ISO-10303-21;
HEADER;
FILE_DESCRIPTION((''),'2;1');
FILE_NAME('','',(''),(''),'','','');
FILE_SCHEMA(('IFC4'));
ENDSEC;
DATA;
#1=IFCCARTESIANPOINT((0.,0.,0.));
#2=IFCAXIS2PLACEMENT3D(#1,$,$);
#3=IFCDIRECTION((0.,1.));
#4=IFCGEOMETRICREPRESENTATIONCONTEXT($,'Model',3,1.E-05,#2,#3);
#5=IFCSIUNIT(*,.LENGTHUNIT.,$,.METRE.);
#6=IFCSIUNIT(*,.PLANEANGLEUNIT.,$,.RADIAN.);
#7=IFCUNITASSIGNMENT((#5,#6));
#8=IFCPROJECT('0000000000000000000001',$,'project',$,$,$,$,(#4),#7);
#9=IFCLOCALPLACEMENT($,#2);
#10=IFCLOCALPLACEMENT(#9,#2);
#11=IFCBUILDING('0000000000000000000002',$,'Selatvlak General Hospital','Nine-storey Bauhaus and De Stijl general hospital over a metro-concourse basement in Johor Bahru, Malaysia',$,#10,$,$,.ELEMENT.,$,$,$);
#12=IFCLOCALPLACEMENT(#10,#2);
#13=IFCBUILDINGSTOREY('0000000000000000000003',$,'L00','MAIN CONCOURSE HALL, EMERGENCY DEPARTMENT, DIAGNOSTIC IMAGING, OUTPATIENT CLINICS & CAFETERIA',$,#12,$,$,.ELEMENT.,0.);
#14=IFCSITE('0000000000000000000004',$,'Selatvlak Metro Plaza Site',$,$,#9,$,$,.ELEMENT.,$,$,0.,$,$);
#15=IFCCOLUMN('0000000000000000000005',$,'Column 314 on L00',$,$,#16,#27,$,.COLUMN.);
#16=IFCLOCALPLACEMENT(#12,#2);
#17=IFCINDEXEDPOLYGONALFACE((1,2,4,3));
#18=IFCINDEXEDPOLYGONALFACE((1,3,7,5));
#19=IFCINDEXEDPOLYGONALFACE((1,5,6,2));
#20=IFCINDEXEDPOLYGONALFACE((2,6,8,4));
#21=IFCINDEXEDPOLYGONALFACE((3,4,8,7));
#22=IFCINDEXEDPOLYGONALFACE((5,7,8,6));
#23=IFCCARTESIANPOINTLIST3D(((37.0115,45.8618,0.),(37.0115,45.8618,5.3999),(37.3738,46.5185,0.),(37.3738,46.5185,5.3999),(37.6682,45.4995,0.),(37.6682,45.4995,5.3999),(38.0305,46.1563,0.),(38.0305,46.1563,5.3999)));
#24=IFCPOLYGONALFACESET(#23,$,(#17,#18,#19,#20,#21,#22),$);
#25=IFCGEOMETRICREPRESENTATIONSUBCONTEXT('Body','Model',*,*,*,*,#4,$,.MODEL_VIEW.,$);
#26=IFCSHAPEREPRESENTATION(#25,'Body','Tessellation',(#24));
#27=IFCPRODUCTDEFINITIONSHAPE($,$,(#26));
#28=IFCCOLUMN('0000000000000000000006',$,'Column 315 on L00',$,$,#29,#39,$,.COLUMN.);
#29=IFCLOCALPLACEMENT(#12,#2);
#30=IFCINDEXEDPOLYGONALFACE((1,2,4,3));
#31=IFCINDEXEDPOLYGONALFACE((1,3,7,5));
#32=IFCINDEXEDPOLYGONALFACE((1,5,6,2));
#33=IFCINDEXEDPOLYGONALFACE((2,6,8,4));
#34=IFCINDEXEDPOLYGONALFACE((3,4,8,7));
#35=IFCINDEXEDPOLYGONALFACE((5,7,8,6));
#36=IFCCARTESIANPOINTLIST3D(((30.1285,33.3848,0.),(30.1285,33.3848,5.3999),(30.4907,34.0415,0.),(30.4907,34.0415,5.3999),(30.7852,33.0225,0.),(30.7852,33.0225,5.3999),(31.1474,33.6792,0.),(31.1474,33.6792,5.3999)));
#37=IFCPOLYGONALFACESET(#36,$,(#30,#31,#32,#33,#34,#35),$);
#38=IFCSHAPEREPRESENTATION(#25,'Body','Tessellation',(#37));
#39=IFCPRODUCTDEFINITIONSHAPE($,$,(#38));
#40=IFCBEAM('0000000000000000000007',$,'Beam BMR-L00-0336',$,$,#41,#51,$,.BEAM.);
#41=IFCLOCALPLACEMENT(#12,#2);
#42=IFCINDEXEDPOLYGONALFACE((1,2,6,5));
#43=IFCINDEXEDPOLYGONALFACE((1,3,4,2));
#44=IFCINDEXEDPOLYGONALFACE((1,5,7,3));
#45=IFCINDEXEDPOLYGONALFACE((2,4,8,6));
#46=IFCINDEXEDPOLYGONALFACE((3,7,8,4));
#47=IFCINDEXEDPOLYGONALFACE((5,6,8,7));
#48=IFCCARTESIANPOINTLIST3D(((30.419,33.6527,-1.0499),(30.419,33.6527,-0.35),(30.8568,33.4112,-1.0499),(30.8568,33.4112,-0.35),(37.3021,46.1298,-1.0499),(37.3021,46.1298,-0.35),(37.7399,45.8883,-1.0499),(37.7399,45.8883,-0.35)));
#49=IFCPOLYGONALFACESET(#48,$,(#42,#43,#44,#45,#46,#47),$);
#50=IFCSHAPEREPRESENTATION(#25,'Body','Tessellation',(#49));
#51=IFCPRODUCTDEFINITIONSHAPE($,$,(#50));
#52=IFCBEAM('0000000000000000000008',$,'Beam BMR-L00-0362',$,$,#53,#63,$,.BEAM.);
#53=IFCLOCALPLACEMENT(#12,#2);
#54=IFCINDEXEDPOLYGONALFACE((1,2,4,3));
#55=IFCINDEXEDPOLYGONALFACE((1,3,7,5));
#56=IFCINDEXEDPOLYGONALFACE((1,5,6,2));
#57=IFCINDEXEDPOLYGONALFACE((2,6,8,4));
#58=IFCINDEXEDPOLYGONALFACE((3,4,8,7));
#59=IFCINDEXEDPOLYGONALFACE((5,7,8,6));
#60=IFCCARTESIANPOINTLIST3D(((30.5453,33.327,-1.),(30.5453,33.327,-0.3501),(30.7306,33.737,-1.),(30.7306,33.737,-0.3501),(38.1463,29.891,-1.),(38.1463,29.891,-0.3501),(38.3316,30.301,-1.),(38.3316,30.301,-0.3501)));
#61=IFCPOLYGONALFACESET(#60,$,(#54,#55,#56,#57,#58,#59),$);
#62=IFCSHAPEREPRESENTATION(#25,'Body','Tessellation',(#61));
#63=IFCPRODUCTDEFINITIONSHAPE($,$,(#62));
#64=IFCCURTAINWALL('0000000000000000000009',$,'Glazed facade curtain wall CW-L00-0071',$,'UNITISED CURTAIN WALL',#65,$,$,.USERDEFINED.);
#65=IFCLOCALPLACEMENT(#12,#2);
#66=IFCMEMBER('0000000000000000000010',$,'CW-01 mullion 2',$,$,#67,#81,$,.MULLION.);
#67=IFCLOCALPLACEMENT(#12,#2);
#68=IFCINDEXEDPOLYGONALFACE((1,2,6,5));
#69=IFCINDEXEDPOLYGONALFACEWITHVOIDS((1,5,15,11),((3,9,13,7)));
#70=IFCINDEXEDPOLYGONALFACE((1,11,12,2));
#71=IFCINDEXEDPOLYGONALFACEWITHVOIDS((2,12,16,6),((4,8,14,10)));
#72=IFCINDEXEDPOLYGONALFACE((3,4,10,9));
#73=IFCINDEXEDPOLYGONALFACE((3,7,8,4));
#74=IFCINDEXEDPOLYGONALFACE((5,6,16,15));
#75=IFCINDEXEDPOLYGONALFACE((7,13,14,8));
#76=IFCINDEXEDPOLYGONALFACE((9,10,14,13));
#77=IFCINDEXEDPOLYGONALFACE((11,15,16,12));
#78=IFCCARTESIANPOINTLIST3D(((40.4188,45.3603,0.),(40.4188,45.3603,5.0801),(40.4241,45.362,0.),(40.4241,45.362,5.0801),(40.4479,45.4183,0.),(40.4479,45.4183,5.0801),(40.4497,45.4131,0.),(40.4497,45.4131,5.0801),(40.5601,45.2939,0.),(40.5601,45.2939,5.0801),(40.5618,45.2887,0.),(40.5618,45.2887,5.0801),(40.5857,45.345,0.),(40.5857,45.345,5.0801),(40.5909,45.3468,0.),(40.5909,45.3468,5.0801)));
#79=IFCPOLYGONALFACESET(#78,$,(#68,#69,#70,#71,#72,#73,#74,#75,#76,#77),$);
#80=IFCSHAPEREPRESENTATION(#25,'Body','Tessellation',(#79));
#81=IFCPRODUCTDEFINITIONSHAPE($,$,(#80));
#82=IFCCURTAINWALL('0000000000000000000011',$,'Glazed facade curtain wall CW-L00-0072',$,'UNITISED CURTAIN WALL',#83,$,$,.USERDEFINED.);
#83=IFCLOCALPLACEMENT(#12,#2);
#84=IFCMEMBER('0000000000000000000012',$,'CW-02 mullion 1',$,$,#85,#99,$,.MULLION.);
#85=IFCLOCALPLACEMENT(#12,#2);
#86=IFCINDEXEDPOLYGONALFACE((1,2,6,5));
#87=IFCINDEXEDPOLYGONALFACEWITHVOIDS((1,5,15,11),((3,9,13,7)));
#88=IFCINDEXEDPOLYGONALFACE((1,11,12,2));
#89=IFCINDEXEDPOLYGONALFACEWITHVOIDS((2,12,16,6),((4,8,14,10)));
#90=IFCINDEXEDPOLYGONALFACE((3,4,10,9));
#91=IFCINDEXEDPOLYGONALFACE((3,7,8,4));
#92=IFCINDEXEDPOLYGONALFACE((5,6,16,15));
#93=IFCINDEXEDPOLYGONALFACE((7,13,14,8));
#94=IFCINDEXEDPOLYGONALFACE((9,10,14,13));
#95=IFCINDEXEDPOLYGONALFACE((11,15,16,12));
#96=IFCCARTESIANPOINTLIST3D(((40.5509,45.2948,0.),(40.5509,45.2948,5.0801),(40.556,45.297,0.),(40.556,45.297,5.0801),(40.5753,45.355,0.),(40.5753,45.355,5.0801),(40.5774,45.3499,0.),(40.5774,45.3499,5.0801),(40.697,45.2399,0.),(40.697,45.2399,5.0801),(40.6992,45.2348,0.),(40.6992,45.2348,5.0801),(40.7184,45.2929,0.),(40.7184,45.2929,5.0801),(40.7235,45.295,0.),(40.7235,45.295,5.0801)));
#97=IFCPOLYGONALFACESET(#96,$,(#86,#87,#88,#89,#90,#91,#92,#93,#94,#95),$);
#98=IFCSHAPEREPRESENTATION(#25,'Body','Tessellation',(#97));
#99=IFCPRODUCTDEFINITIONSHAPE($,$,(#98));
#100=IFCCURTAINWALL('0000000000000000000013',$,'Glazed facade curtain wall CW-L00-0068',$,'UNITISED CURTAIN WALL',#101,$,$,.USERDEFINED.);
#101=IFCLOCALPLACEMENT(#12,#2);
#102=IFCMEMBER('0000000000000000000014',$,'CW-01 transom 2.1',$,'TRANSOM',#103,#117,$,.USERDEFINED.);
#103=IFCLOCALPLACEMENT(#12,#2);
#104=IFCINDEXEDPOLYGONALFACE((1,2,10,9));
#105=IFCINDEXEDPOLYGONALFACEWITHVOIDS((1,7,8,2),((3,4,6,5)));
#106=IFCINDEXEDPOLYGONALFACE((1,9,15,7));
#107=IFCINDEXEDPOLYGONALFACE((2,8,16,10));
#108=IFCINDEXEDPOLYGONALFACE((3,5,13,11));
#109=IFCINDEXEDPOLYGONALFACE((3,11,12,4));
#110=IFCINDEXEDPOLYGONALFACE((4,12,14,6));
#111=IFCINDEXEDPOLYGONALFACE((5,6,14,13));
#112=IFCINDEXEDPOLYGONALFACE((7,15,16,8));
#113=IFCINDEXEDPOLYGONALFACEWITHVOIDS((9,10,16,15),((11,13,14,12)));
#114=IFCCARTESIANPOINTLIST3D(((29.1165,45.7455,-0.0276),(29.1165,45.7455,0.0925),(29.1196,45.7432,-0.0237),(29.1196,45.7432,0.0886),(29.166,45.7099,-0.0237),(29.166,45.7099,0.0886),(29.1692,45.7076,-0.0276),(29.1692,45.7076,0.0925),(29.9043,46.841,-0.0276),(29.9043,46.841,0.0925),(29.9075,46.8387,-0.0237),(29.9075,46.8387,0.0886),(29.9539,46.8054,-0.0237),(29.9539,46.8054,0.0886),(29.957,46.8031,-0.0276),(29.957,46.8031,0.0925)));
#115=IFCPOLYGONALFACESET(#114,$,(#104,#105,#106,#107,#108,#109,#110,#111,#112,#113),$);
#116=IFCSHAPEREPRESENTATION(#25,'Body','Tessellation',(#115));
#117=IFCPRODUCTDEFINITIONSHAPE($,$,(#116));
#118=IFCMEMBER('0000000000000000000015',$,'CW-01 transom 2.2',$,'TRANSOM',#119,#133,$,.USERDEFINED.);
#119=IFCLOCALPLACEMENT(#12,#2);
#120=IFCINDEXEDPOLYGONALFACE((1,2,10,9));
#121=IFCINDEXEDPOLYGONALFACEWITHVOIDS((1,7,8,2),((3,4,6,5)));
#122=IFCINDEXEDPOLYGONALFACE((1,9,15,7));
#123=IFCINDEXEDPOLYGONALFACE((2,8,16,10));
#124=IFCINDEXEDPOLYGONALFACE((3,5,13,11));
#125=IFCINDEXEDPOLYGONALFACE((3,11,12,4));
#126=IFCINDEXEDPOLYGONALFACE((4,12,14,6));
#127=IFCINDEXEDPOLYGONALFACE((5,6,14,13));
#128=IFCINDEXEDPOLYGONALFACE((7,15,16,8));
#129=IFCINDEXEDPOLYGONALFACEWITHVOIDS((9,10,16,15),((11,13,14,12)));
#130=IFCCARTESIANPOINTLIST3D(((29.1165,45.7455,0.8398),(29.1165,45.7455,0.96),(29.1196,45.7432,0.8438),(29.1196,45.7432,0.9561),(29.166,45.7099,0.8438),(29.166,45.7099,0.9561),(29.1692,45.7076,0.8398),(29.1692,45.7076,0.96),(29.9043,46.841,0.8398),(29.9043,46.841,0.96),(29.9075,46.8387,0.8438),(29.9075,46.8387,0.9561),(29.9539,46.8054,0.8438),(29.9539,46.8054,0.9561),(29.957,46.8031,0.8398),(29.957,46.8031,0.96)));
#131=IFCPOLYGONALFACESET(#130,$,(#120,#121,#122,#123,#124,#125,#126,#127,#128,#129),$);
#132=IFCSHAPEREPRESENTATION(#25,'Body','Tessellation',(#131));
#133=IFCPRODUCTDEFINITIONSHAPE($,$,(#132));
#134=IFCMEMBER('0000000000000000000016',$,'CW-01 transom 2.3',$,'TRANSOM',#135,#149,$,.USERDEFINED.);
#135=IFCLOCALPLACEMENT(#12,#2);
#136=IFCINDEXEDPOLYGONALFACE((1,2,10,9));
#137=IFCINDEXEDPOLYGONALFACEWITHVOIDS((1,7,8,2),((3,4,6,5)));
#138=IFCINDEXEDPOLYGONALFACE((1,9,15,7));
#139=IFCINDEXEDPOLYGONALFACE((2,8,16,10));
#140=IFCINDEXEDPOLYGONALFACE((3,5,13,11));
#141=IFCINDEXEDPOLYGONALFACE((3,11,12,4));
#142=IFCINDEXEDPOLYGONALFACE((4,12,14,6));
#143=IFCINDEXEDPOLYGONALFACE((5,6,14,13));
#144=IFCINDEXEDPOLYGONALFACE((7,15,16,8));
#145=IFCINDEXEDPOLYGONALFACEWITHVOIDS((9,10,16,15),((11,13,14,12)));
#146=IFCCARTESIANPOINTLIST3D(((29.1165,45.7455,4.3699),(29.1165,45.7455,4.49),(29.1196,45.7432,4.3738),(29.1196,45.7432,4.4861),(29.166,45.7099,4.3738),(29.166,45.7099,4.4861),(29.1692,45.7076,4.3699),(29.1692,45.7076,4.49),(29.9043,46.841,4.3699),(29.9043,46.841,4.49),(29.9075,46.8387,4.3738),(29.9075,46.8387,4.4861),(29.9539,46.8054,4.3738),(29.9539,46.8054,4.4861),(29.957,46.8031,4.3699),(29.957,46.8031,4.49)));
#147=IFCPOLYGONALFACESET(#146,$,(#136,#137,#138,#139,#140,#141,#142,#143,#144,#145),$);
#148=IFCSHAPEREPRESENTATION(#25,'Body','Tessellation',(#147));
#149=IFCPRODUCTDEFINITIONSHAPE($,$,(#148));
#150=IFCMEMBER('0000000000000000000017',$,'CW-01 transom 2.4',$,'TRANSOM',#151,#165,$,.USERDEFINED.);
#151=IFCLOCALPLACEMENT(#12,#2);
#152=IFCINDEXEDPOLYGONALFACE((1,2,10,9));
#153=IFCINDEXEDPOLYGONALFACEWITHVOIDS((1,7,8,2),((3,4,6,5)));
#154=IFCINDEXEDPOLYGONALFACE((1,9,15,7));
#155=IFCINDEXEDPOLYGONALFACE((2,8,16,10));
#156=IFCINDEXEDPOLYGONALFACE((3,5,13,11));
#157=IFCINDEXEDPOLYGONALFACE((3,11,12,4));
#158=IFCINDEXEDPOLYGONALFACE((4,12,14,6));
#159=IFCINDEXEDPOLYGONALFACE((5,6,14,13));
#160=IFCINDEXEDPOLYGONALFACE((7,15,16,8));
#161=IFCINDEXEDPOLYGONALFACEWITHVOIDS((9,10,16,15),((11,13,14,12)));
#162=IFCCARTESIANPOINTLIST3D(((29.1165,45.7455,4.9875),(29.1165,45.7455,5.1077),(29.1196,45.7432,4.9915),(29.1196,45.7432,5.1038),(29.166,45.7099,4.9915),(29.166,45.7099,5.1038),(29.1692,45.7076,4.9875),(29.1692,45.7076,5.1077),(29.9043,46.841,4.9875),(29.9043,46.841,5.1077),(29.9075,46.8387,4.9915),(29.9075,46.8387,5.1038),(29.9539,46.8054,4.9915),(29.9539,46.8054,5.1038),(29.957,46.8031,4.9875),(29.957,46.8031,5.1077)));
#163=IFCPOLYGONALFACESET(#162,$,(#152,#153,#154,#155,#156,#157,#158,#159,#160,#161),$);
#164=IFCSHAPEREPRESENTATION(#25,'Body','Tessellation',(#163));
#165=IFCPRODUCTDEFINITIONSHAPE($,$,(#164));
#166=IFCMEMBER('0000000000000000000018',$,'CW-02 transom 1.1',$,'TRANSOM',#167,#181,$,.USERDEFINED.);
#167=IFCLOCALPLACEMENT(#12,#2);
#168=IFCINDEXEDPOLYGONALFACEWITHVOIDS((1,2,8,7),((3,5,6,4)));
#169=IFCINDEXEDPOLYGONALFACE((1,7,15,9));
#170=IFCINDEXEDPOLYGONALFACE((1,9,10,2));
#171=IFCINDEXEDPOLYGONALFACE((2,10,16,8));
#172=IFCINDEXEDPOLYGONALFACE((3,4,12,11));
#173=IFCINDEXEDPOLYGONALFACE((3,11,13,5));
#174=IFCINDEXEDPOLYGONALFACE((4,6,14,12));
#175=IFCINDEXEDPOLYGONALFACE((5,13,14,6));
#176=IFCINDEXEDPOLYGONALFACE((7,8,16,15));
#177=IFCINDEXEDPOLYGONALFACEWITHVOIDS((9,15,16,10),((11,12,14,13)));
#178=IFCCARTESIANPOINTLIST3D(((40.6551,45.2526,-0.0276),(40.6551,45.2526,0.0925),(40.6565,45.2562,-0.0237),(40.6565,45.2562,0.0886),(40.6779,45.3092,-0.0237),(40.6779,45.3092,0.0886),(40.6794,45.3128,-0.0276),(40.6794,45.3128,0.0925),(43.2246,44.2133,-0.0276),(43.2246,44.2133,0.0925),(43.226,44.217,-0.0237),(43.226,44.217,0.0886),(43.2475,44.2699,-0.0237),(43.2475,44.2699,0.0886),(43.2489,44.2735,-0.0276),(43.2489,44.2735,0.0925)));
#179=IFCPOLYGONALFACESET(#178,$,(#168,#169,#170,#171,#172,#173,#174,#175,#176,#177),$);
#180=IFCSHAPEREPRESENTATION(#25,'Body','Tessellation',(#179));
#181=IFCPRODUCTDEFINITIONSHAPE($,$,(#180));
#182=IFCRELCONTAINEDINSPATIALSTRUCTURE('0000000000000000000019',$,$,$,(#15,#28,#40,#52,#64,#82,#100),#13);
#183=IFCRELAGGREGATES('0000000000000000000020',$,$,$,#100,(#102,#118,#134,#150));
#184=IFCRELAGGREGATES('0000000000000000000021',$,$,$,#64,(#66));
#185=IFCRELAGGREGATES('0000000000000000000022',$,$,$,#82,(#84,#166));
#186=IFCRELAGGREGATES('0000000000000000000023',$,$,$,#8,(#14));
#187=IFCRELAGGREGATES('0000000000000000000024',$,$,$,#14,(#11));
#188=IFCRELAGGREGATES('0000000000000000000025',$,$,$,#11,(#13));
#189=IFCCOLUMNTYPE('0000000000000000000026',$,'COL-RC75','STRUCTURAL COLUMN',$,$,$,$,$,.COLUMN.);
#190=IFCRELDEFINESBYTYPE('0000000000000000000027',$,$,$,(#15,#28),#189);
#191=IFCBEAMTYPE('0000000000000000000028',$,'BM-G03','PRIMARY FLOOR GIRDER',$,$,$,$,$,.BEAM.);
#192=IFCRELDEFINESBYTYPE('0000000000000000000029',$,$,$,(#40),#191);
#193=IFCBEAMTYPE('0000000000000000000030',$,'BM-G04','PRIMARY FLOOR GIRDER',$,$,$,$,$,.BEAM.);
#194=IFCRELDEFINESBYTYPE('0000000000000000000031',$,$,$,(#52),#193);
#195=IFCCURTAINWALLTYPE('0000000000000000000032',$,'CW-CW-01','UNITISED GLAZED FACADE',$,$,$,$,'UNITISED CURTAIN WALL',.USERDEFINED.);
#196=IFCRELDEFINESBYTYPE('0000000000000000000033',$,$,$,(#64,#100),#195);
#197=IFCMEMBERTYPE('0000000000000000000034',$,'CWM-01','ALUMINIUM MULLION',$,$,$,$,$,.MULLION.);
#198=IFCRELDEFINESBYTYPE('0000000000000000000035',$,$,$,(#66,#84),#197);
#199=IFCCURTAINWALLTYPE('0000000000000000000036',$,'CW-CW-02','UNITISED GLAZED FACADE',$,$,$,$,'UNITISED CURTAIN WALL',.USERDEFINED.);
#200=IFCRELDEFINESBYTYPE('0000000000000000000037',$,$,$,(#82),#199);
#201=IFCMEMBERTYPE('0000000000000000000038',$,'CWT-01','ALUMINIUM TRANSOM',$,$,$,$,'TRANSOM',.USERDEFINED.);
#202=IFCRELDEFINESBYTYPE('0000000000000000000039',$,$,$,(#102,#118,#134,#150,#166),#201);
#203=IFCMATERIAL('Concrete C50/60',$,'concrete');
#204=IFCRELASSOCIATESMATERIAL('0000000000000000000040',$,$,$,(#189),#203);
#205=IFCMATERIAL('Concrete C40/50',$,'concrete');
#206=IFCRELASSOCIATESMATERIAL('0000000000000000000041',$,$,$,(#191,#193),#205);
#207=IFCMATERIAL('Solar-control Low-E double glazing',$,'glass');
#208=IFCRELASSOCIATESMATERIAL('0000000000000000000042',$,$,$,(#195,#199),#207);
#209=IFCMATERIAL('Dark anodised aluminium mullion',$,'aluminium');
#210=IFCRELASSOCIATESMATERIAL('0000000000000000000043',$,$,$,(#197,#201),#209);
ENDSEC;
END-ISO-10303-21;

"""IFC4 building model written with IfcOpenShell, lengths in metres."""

from ifc_helpers import new_model, si_unit, direction, frame, origin, origin_2d, place, context, subcontext, project, spatial, rectangle, hollow_rectangle, extrude, material, material_profile, profile_set, type_object, element, aggregate, save


model = new_model("IFC4")

# Units and contexts
model_context = context("Model", 3, precision=1e-05, world=origin(), true_north=direction((0.0, 1.0)))
body_context = subcontext(model_context, "Body", "Model", "MODEL_VIEW")
ifc_project = project(units=[si_unit("LENGTHUNIT", "METRE"), si_unit("PLANEANGLEUNIT", "RADIAN")], contexts=[model_context])

# Site, building, storey
site_placement = place(None, origin())
site = spatial("IfcSite", under=ifc_project, at=site_placement, Name="Selatvlak Metro Plaza Site", CompositionType="ELEMENT", RefElevation=0.0)
building_placement = place(site_placement, origin())
building = spatial("IfcBuilding", under=site, at=building_placement, Name="Selatvlak General Hospital", Description="Nine-storey Bauhaus and De Stijl general hospital over a metro-concourse basement in Johor Bahru, Malaysia", CompositionType="ELEMENT")
storey_placement = place(building_placement, origin())
storey = spatial("IfcBuildingStorey", under=building, at=storey_placement, Name="L00", Description="MAIN CONCOURSE HALL, EMERGENCY DEPARTMENT, DIAGNOSTIC IMAGING, OUTPATIENT CLINICS & CAFETERIA", CompositionType="ELEMENT", Elevation=0.0)

# Columns
ifc_material_1 = material(Name="Concrete C50/60", Category="concrete")
ifc_material_profile_1 = material_profile(ifc_material_1, rectangle(XDim=0.75, YDim=0.75, at=origin_2d()), Name="RC-COL 750x750")
ifc_profile_set_1 = profile_set([ifc_material_profile_1], Name="Concrete C50/60")
column_type = type_object("IfcColumnType", Name="COL-RC75", Description="STRUCTURAL COLUMN", PredefinedType="COLUMN", material=ifc_profile_set_1)
for number, where, z_axis, x_axis, name in (
    (1, (37.521, 46.009, 0.0), (0.0, 0.0, 1.0), (0.483007, 0.875616, 0.0), "Column 314 on L00"),
    (2, (30.6379, 33.532, 0.0), (0.0, 0.0, 1.0), (0.483007, 0.875616, 0.0), "Column 315 on L00"),
):
    element("IfcColumn", number, at=place(storey_placement, frame(where, z_axis=z_axis, x_axis=x_axis)), inside=storey, type_object=column_type, Name=name, PredefinedType="COLUMN", context=body_context, shape_type="SweptSolid", body=[
        extrude(rectangle(XDim=0.75, YDim=0.75, at=origin_2d()), origin(), (0.0, 0.0, 1.0), 5.3999),
    ])

# Beams
ifc_material_2 = material(Name="Concrete C40/50", Category="concrete")
ifc_material_profile_2 = material_profile(ifc_material_2, rectangle(XDim=0.5, YDim=0.7, at=origin_2d()), Name="RC-BM 500x700")
ifc_profile_set_2 = profile_set([ifc_material_profile_2], Name="Concrete C40/50")
beam_type_1 = type_object("IfcBeamType", Name="BM-G03", Description="PRIMARY FLOOR GIRDER", PredefinedType="BEAM", material=ifc_profile_set_2)
beam_1_placement = place(storey_placement, frame((37.521, 46.009, -0.7), z_axis=(-0.483033, -0.875602, 0.0), x_axis=(0.875602, -0.483033, 0.0)))
element("IfcBeam", 3, at=beam_1_placement, inside=storey, type_object=beam_type_1, Name="Beam BMR-L00-0336", PredefinedType="BEAM", context=body_context, shape_type="SweptSolid", body=[
    extrude(rectangle(XDim=0.5, YDim=0.7, at=origin_2d()), origin(), (0.0, 0.0, 1.0), 14.2498),
])
ifc_material_profile_3 = material_profile(ifc_material_2, rectangle(XDim=0.45, YDim=0.6499, at=origin_2d()), Name="RC-BM 450x650")
ifc_profile_set_3 = profile_set([ifc_material_profile_3], Name="Concrete C40/50")
beam_type_2 = type_object("IfcBeamType", Name="BM-G04", Description="PRIMARY FLOOR GIRDER", PredefinedType="BEAM", material=ifc_profile_set_3)
beam_2_placement = place(storey_placement, frame((30.6379, 33.532, -0.675), z_axis=(0.911223, -0.411914, 0.0), x_axis=(0.411914, 0.911223, 0.0)))
element("IfcBeam", 4, at=beam_2_placement, inside=storey, type_object=beam_type_2, Name="Beam BMR-L00-0362", PredefinedType="BEAM", context=body_context, shape_type="SweptSolid", body=[
    extrude(rectangle(XDim=0.45, YDim=0.6499, at=origin_2d()), origin(), (0.0, 0.0, 1.0), 8.3416),
])

# Curtain walls, members
ifc_material_3 = material(Name="Solar-control Low-E double glazing", Category="glass")
curtain_wall_type_1 = type_object("IfcCurtainWallType", Name="CW-CW-01", Description="UNITISED GLAZED FACADE", ElementType="UNITISED CURTAIN WALL", PredefinedType="USERDEFINED", material=ifc_material_3)
curtain_wall_1_placement = place(storey_placement, origin())
curtain_wall_1 = element("IfcCurtainWall", 5, at=curtain_wall_1_placement, inside=storey, type_object=curtain_wall_type_1, Name="Glazed facade curtain wall CW-L00-0071", ObjectType="UNITISED CURTAIN WALL", PredefinedType="USERDEFINED")
ifc_material_4 = material(Name="Dark anodised aluminium mullion", Category="aluminium")
ifc_material_profile_4 = material_profile(ifc_material_4, hollow_rectangle(XDim=0.0649, YDim=0.1599, WallThickness=0.0039, at=origin_2d()), Name="AL-MUL 65x160x4")
ifc_profile_set_4 = profile_set([ifc_material_profile_4], Name="Dark anodised aluminium mullion")
member_type_1 = type_object("IfcMemberType", Name="CWM-01", Description="ALUMINIUM MULLION", PredefinedType="MULLION", material=ifc_profile_set_4)
member_1_placement = place(storey_placement, frame((40.5049, 45.3535, 0.0), z_axis=(0.0, 0.0, 1.0), x_axis=(0.447627, 0.89422, 0.0)))
member_1 = element("IfcMember", 6, at=member_1_placement, type_object=member_type_1, Name="CW-01 mullion 2", PredefinedType="MULLION", context=body_context, shape_type="SweptSolid", body=[
    extrude(hollow_rectangle(XDim=0.0649, YDim=0.1599, WallThickness=0.0039, at=origin_2d()), origin(), (0.0, 0.0, 1.0), 5.0801),
])
curtain_wall_type_2 = type_object("IfcCurtainWallType", Name="CW-CW-02", Description="UNITISED GLAZED FACADE", ElementType="UNITISED CURTAIN WALL", PredefinedType="USERDEFINED", material=ifc_material_3)
curtain_wall_2_placement = place(storey_placement, origin())
curtain_wall_2 = element("IfcCurtainWall", 7, at=curtain_wall_2_placement, inside=storey, type_object=curtain_wall_type_2, Name="Glazed facade curtain wall CW-L00-0072", ObjectType="UNITISED CURTAIN WALL", PredefinedType="USERDEFINED")
member_2_placement = place(storey_placement, frame((40.6372, 45.2949, 0.0), z_axis=(0.0, 0.0, 1.0), x_axis=(0.374953, 0.927044, 0.0)))
member_2 = element("IfcMember", 8, at=member_2_placement, type_object=member_type_1, Name="CW-02 mullion 1", PredefinedType="MULLION", context=body_context, shape_type="SweptSolid", body=[
    extrude(hollow_rectangle(XDim=0.0649, YDim=0.1599, WallThickness=0.0039, at=origin_2d()), origin(), (0.0, 0.0, 1.0), 5.0801),
])

# Curtain wall, members
curtain_wall_3_placement = place(storey_placement, origin())
curtain_wall_3 = element("IfcCurtainWall", 9, at=curtain_wall_3_placement, inside=storey, type_object=curtain_wall_type_1, Name="Glazed facade curtain wall CW-L00-0068", ObjectType="UNITISED CURTAIN WALL", PredefinedType="USERDEFINED")
ifc_material_profile_5 = material_profile(ifc_material_4, hollow_rectangle(XDim=0.0649, YDim=0.1201, WallThickness=0.0039, at=origin_2d()), Name="AL-TRN 65x120x4")
ifc_profile_set_5 = profile_set([ifc_material_profile_5], Name="Dark anodised aluminium mullion")
member_type_2 = type_object("IfcMemberType", Name="CWT-01", Description="ALUMINIUM TRANSOM", ElementType="TRANSOM", PredefinedType="USERDEFINED", material=ifc_profile_set_5)
member_3_placement = place(storey_placement, frame((29.1428, 45.7266, 0.0325), z_axis=(0.583871, 0.811847, 0.0), x_axis=(-0.811847, 0.583871, 0.0)))
member_3 = element("IfcMember", 10, at=member_3_placement, type_object=member_type_2, Name="CW-01 transom 2.1", ObjectType="TRANSOM", PredefinedType="USERDEFINED", context=body_context, shape_type="SweptSolid", body=[
    extrude(hollow_rectangle(XDim=0.0649, YDim=0.1201, WallThickness=0.0039, at=origin_2d()), origin(), (0.0, 0.0, 1.0), 1.3494),
])
member_4_placement = place(storey_placement, frame((29.1428, 45.7266, 0.8999), z_axis=(0.583871, 0.811847, 0.0), x_axis=(-0.811847, 0.583871, 0.0)))
member_4 = element("IfcMember", 11, at=member_4_placement, type_object=member_type_2, Name="CW-01 transom 2.2", ObjectType="TRANSOM", PredefinedType="USERDEFINED", context=body_context, shape_type="SweptSolid", body=[
    extrude(hollow_rectangle(XDim=0.0649, YDim=0.1201, WallThickness=0.0039, at=origin_2d()), origin(), (0.0, 0.0, 1.0), 1.3494),
])
member_5_placement = place(storey_placement, frame((29.1428, 45.7266, 4.4299), z_axis=(0.583871, 0.811847, 0.0), x_axis=(-0.811847, 0.583871, 0.0)))
member_5 = element("IfcMember", 12, at=member_5_placement, type_object=member_type_2, Name="CW-01 transom 2.3", ObjectType="TRANSOM", PredefinedType="USERDEFINED", context=body_context, shape_type="SweptSolid", body=[
    extrude(hollow_rectangle(XDim=0.0649, YDim=0.1201, WallThickness=0.0039, at=origin_2d()), origin(), (0.0, 0.0, 1.0), 1.3494),
])
member_6_placement = place(storey_placement, frame((29.1428, 45.7266, 5.0476), z_axis=(0.583871, 0.811847, 0.0), x_axis=(-0.811847, 0.583871, 0.0)))
member_6 = element("IfcMember", 13, at=member_6_placement, type_object=member_type_2, Name="CW-01 transom 2.4", ObjectType="TRANSOM", PredefinedType="USERDEFINED", context=body_context, shape_type="SweptSolid", body=[
    extrude(hollow_rectangle(XDim=0.0649, YDim=0.1201, WallThickness=0.0039, at=origin_2d()), origin(), (0.0, 0.0, 1.0), 1.3494),
])
aggregate(curtain_wall_3, [member_3, member_4, member_5, member_6])

# Member
member_7_placement = place(storey_placement, frame((40.6672, 45.2827, 0.0325), z_axis=(0.927042, -0.374957, 0.0), x_axis=(0.374957, 0.927042, 0.0)))
member_7 = element("IfcMember", 14, at=member_7_placement, type_object=member_type_2, Name="CW-02 transom 1.1", ObjectType="TRANSOM", PredefinedType="USERDEFINED", context=body_context, shape_type="SweptSolid", body=[
    extrude(hollow_rectangle(XDim=0.0649, YDim=0.1201, WallThickness=0.0039, at=origin_2d()), origin(), (0.0, 0.0, 1.0), 2.7717),
])

aggregate(curtain_wall_1, [member_1])
aggregate(curtain_wall_2, [member_2, member_7])

save(model, "model.ifc")
